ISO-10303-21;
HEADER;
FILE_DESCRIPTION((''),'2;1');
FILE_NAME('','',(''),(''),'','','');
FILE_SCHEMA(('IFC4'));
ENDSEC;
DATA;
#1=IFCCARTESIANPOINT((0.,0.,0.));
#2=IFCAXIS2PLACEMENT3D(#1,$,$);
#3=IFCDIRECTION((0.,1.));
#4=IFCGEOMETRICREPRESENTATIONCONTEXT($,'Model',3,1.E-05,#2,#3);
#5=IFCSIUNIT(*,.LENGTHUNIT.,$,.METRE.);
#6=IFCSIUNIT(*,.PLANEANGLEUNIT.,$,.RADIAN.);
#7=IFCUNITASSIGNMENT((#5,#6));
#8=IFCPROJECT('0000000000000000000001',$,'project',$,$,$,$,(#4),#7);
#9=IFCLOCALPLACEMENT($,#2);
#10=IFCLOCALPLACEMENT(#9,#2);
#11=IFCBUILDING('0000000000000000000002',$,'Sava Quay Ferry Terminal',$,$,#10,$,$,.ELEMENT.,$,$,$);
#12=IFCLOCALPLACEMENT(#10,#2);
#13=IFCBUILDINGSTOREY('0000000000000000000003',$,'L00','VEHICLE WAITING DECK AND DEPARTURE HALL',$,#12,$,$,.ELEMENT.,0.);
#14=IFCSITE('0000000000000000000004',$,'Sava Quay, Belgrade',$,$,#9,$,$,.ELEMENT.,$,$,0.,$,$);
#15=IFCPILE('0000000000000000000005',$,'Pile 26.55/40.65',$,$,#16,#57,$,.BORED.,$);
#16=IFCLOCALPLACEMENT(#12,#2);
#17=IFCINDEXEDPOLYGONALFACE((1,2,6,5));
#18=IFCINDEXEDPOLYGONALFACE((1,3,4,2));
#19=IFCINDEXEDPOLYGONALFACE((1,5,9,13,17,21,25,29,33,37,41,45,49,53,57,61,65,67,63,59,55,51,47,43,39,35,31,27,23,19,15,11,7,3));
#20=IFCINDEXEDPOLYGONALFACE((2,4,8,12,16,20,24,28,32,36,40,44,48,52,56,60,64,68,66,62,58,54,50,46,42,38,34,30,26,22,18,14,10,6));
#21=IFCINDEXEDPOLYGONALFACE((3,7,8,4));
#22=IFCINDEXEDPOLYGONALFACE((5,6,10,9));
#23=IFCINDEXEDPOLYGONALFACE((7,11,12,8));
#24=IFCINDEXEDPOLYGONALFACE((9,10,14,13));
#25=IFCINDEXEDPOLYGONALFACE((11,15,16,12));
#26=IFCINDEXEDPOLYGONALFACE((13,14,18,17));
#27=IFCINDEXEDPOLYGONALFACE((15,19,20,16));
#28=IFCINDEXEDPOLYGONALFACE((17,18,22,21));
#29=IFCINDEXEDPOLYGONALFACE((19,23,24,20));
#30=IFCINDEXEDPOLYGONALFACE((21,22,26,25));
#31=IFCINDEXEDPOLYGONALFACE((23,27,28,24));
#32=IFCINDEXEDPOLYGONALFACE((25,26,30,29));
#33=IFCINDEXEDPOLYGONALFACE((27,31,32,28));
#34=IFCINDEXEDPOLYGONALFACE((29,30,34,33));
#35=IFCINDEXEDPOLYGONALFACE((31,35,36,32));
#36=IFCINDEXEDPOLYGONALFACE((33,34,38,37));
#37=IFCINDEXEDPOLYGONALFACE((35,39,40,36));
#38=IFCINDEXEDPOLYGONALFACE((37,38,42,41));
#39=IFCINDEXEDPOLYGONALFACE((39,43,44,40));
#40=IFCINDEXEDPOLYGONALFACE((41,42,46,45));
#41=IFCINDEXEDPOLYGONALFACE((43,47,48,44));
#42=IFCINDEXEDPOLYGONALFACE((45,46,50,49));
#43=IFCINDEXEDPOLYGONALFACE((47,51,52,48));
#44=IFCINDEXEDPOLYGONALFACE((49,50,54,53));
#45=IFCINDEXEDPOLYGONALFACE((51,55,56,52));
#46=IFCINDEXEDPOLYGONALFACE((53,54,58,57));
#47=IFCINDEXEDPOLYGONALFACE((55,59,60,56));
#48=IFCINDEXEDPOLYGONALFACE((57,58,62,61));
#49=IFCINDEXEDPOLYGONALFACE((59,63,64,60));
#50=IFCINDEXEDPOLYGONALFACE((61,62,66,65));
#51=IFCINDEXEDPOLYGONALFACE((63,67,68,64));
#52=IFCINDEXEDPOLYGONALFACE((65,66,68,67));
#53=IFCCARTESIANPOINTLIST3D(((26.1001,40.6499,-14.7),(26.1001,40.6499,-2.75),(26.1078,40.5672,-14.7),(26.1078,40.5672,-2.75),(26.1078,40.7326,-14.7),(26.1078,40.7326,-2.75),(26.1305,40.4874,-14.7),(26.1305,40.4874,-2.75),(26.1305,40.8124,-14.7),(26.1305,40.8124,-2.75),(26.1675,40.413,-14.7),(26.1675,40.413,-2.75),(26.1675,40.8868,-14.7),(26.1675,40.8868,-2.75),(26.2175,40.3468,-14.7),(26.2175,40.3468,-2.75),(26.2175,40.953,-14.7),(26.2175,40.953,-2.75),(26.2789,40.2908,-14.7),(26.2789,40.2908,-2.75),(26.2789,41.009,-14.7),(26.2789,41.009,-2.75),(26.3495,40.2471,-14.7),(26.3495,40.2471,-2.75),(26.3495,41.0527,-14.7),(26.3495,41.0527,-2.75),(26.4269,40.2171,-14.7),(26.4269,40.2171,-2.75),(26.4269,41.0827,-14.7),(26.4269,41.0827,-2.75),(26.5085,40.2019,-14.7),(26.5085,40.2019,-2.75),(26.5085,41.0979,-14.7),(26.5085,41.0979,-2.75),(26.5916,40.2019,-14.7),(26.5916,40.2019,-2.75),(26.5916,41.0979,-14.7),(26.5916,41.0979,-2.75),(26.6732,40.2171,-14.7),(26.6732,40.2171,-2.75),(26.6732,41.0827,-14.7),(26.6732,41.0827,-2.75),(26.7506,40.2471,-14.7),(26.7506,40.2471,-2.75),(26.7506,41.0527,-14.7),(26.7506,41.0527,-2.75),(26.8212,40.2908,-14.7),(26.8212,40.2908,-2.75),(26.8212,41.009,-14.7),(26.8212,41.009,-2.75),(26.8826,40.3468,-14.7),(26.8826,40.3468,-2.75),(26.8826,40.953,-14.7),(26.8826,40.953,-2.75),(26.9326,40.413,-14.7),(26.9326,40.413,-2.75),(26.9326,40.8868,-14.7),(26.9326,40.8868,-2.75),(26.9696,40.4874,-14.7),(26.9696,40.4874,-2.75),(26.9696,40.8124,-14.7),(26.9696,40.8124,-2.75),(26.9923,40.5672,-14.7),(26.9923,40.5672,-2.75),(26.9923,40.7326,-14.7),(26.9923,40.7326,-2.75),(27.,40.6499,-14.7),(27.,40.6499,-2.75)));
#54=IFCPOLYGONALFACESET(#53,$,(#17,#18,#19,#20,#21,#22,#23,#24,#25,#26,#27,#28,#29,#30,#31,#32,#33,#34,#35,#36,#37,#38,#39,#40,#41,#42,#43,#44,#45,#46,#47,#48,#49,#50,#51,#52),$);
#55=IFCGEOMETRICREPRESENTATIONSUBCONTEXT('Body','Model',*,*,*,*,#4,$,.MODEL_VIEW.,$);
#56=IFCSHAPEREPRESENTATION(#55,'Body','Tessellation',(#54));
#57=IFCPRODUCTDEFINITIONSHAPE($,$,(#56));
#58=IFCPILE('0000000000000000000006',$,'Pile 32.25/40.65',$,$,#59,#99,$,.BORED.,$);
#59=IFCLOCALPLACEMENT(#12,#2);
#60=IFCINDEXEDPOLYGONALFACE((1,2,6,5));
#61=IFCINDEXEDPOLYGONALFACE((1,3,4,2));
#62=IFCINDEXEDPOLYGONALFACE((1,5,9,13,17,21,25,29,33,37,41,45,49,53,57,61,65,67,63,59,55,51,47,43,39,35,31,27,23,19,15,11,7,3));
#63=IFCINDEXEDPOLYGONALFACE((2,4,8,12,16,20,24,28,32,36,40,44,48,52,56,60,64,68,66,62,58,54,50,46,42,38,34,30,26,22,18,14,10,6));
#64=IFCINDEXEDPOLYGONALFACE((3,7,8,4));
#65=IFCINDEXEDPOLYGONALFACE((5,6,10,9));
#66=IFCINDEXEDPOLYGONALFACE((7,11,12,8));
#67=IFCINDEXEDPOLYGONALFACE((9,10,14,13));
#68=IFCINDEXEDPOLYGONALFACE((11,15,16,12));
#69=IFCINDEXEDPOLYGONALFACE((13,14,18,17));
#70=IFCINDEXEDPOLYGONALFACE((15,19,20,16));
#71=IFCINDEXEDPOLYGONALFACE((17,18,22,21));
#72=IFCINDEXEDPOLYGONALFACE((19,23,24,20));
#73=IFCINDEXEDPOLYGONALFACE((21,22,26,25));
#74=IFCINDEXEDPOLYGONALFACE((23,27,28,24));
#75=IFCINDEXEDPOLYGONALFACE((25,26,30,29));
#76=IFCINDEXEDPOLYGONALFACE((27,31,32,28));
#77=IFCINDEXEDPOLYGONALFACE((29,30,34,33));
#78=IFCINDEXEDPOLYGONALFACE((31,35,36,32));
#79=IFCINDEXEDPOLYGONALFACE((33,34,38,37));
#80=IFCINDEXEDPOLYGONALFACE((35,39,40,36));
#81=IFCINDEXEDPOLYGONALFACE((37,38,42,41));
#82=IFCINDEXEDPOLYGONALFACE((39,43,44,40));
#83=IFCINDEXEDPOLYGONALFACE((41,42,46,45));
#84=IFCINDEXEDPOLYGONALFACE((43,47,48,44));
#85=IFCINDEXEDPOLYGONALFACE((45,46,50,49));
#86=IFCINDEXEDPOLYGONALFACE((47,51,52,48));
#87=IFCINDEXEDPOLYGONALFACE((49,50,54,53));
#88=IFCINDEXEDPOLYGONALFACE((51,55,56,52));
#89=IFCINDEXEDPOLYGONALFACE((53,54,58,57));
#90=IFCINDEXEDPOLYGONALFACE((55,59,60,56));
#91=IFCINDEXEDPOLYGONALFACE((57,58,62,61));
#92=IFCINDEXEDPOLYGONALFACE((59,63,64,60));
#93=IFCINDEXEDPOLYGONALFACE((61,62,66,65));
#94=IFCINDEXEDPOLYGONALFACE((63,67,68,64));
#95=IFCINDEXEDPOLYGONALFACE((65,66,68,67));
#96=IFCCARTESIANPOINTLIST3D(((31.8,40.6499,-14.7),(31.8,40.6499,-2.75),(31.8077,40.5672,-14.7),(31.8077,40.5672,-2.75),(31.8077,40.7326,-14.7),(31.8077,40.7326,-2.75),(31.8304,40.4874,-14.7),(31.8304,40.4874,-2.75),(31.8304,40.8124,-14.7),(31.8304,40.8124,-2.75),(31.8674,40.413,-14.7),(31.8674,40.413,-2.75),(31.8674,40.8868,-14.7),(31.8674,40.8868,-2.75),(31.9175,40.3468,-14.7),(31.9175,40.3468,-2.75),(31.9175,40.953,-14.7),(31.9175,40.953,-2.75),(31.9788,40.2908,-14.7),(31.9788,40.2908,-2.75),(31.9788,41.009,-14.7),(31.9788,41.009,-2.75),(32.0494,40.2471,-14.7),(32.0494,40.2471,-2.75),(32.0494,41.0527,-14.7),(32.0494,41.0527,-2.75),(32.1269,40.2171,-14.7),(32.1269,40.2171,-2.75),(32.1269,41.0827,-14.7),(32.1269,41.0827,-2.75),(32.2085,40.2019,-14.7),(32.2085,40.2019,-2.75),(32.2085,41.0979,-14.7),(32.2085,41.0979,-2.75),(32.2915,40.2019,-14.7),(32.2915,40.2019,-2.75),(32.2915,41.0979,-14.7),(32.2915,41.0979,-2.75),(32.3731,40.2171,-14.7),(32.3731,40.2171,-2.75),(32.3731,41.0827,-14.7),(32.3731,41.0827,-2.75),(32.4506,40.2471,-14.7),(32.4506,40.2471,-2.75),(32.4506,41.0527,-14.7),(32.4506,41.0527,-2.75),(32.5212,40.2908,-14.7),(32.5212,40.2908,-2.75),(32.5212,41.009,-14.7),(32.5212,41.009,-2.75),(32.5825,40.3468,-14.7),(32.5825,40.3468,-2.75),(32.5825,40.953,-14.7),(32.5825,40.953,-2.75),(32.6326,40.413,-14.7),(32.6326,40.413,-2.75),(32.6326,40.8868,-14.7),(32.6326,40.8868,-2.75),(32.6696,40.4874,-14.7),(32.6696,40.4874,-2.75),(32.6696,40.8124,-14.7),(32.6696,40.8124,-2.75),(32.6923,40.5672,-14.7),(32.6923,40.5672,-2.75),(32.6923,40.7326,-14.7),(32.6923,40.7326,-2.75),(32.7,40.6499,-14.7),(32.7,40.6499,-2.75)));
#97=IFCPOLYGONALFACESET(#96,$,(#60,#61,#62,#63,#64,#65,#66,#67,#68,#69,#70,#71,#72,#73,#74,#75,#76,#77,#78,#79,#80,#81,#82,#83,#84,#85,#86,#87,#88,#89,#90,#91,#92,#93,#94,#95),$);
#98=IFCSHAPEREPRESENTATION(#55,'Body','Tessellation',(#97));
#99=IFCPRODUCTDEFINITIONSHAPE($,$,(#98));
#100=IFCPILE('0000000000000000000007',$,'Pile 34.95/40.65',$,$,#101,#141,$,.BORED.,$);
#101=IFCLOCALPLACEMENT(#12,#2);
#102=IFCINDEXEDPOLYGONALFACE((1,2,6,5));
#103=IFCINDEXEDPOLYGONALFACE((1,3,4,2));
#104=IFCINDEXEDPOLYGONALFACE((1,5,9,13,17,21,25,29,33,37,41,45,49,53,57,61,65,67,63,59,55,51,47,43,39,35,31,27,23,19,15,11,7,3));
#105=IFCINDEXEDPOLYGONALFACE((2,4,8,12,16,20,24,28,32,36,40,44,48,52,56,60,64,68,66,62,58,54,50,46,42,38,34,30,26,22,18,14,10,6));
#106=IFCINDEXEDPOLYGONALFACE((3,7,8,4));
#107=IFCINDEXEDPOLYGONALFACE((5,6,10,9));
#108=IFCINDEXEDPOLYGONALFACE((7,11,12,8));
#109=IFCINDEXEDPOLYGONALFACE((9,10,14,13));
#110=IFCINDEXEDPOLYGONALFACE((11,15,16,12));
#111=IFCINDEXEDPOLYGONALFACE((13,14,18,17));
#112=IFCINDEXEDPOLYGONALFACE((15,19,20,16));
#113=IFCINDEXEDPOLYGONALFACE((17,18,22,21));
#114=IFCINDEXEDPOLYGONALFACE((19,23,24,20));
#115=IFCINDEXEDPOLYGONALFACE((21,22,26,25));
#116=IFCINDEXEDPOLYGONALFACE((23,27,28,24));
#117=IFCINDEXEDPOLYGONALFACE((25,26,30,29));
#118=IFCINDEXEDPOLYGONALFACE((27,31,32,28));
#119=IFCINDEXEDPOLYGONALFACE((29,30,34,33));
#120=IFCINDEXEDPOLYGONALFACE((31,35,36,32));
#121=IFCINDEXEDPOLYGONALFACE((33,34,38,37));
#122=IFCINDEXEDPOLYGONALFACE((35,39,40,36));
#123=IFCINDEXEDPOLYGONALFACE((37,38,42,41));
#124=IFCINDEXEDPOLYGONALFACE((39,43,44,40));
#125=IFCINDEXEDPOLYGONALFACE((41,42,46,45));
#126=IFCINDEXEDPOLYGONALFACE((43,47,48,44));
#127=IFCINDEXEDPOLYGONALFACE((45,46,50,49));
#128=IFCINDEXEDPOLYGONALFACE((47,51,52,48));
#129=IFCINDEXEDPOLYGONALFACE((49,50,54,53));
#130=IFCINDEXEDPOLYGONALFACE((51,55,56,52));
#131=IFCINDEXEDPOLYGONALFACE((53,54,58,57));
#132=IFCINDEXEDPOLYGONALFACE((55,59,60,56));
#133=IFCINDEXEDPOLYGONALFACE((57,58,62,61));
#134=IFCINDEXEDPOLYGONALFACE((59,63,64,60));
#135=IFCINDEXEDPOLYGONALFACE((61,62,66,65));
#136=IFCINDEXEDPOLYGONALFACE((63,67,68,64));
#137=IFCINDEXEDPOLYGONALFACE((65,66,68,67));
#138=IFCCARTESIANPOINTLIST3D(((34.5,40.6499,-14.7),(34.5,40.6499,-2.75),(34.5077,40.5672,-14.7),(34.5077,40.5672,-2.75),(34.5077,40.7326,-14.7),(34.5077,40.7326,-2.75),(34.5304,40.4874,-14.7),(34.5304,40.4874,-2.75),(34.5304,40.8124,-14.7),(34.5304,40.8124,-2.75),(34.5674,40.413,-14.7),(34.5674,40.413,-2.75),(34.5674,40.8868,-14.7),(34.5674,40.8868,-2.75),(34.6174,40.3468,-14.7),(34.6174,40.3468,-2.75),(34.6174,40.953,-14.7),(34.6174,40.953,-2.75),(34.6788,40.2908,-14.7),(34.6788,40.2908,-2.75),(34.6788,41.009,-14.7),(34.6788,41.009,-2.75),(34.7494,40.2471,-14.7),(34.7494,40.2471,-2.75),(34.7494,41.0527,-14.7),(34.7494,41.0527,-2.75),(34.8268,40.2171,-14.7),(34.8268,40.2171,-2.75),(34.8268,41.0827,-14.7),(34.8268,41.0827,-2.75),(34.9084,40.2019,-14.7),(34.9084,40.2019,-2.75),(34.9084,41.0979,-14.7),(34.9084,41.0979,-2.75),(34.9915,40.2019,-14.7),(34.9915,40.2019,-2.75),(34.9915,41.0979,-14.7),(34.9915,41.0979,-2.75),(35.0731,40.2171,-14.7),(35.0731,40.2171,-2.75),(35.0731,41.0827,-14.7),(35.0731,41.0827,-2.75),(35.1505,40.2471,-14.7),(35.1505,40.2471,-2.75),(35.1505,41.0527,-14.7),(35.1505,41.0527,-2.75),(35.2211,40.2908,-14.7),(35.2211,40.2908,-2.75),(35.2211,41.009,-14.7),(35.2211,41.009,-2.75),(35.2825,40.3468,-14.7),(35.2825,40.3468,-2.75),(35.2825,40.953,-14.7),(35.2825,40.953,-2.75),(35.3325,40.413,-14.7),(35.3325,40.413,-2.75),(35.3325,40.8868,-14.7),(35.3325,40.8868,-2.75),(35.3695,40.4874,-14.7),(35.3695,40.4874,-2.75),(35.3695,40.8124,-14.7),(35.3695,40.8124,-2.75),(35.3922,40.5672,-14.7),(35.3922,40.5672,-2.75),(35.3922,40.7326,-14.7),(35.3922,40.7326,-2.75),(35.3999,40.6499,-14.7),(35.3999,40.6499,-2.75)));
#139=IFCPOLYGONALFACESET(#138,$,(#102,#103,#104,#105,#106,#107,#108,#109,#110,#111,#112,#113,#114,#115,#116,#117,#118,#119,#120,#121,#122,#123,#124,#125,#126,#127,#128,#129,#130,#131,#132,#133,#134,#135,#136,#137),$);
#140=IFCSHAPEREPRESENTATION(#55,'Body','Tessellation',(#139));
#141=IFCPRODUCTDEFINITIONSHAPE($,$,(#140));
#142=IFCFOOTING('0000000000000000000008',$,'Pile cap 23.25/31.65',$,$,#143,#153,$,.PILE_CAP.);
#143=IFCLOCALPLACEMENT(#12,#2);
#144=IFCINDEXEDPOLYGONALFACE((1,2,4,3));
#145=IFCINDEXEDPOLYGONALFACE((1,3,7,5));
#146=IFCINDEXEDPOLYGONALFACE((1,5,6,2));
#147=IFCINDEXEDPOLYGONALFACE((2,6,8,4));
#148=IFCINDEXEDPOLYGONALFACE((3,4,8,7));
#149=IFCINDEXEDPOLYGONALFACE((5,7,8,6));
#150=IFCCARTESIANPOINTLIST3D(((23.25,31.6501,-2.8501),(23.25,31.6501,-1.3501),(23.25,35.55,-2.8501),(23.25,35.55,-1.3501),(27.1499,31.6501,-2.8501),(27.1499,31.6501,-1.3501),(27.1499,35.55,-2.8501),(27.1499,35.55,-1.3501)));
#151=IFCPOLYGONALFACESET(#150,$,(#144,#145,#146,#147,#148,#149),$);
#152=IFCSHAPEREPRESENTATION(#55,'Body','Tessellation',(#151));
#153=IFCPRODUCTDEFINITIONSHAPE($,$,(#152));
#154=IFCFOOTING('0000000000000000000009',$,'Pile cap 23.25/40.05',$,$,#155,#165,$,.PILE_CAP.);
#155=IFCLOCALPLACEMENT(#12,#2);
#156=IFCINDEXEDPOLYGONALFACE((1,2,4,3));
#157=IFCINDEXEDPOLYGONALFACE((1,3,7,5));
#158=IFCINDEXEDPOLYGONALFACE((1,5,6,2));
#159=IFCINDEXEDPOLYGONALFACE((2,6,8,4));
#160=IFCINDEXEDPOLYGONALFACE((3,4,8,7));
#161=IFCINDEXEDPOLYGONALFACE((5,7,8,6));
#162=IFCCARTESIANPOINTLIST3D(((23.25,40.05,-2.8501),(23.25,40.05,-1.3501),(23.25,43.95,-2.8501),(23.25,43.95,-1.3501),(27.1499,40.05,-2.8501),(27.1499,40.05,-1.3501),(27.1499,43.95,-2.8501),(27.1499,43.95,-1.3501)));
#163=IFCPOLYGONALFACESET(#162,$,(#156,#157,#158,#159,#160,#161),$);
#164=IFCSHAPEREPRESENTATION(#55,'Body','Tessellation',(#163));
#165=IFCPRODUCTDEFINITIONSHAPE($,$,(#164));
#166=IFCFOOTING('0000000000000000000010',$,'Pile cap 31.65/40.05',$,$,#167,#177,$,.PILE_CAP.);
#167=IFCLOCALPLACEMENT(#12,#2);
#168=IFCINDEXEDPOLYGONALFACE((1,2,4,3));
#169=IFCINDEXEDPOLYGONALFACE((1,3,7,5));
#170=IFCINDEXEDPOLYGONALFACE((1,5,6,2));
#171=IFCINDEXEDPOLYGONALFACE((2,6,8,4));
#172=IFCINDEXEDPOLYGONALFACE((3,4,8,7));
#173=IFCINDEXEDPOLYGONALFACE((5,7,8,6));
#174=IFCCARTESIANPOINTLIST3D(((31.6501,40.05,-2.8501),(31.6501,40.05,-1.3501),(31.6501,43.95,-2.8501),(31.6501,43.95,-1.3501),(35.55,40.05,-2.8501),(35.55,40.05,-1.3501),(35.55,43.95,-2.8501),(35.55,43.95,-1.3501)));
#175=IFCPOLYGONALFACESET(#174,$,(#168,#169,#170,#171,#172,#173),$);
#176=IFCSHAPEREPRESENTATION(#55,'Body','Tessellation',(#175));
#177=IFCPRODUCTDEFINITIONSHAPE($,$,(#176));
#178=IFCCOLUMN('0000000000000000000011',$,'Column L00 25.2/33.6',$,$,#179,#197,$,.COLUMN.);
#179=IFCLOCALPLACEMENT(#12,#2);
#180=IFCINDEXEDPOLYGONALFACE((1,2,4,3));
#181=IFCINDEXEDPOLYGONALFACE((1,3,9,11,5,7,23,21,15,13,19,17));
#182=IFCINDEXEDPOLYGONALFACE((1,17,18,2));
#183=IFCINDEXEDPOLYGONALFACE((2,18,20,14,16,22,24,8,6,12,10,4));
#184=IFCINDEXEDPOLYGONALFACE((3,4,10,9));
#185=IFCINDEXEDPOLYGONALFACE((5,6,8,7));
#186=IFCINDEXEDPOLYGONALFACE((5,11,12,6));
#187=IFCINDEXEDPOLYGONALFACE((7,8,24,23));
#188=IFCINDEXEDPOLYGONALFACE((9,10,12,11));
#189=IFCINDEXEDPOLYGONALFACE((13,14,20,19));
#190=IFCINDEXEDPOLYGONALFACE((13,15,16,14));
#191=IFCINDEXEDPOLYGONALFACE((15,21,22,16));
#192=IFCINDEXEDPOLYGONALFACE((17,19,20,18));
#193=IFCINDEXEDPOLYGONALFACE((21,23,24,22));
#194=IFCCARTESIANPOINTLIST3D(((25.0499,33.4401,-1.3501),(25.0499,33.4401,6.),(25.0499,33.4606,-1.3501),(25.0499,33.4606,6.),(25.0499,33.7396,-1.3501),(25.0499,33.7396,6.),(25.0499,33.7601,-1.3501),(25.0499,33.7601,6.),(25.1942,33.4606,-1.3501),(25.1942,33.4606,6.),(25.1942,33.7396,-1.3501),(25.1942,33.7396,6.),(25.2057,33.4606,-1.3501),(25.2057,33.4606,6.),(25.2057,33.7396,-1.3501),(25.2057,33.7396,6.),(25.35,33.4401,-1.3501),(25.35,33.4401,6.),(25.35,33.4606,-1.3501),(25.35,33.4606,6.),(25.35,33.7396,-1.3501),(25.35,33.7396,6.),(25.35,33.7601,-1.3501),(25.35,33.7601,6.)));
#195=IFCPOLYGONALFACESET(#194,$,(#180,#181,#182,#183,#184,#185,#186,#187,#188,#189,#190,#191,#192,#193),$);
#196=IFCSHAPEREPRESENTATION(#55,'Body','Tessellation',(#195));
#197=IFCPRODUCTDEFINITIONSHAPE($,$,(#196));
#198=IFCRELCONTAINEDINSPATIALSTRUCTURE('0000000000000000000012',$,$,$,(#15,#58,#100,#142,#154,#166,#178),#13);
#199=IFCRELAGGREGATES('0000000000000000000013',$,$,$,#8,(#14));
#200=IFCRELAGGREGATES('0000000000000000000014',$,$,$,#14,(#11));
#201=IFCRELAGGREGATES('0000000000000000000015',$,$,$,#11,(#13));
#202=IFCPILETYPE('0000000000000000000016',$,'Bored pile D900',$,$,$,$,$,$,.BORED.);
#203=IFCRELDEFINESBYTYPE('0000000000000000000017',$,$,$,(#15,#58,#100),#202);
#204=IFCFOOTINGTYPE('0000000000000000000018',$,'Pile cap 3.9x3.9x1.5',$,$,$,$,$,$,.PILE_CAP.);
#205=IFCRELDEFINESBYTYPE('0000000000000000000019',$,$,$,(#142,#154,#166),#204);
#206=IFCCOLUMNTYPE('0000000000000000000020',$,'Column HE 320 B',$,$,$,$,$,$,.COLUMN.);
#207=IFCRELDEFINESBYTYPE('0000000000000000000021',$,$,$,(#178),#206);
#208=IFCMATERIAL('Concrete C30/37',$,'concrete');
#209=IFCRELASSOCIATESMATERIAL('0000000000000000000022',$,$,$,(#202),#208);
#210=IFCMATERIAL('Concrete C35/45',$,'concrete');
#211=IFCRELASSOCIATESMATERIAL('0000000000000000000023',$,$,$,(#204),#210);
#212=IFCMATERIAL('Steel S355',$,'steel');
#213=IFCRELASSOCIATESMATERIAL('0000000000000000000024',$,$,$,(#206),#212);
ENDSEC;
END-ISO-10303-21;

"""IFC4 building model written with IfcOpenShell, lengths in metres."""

from ifc_helpers import new_model, si_unit, direction, frame, origin, origin_2d, place, context, subcontext, project, spatial, rectangle, circle, i_section, extrude, material, material_profile, profile_set, type_object, element, save


model = new_model("IFC4")

# Units and contexts
model_context = context("Model", 3, precision=1e-05, world=origin(), true_north=direction((0.0, 1.0)))
body_context = subcontext(model_context, "Body", "Model", "MODEL_VIEW")
ifc_project = project(units=[si_unit("LENGTHUNIT", "METRE"), si_unit("PLANEANGLEUNIT", "RADIAN")], contexts=[model_context])

# Site, building, storey
site_placement = place(None, origin())
site = spatial("IfcSite", under=ifc_project, at=site_placement, Name="Sava Quay, Belgrade", CompositionType="ELEMENT", RefElevation=0.0)
building_placement = place(site_placement, origin())
building = spatial("IfcBuilding", under=site, at=building_placement, Name="Sava Quay Ferry Terminal", CompositionType="ELEMENT")
storey_placement = place(building_placement, origin())
storey = spatial("IfcBuildingStorey", under=building, at=storey_placement, Name="L00", Description="VEHICLE WAITING DECK AND DEPARTURE HALL", CompositionType="ELEMENT", Elevation=0.0)

# Piles
ifc_material_1 = material(Name="Concrete C30/37", Category="concrete")
ifc_material_profile_1 = material_profile(ifc_material_1, circle(Radius=0.45, at=origin_2d()), Name="Bored pile D900")
ifc_profile_set_1 = profile_set([ifc_material_profile_1], Name="Concrete C30/37")
pile_type = type_object("IfcPileType", Name="Bored pile D900", PredefinedType="BORED", material=ifc_profile_set_1)
for number, where, z_axis, x_axis, name in (
    (1, (26.55, 40.6499, -2.75), (0.0, 0.0, -1.0), (1.0, 0.0, 0.0), "Pile 26.55/40.65"),
    (2, (32.25, 40.6499, -2.75), (0.0, 0.0, -1.0), (1.0, 0.0, 0.0), "Pile 32.25/40.65"),
    (3, (34.95, 40.6499, -2.75), (0.0, 0.0, -1.0), (1.0, 0.0, 0.0), "Pile 34.95/40.65"),
):
    element("IfcPile", number, at=place(storey_placement, frame(where, z_axis=z_axis, x_axis=x_axis)), inside=storey, type_object=pile_type, Name=name, PredefinedType="BORED", context=body_context, shape_type="SweptSolid", body=[
        extrude(circle(Radius=0.45, at=origin_2d()), origin(), (0.0, 0.0, 1.0), 11.95),
    ])

# Footings
ifc_material_2 = material(Name="Concrete C35/45", Category="concrete")
footing_type = type_object("IfcFootingType", Name="Pile cap 3.9x3.9x1.5", PredefinedType="PILE_CAP", material=ifc_material_2)
for number, where, z_axis, x_axis, name in (
    (4, (25.2, 33.6001, -2.8501), (0.0, 0.0, 1.0), (1.0, 0.0, 0.0), "Pile cap 23.25/31.65"),
    (5, (25.2, 42.0, -2.8501), (0.0, 0.0, 1.0), (1.0, 0.0, 0.0), "Pile cap 23.25/40.05"),
    (6, (33.6001, 42.0, -2.8501), (0.0, 0.0, 1.0), (1.0, 0.0, 0.0), "Pile cap 31.65/40.05"),
):
    element("IfcFooting", number, at=place(storey_placement, frame(where, z_axis=z_axis, x_axis=x_axis)), inside=storey, type_object=footing_type, Name=name, PredefinedType="PILE_CAP", context=body_context, shape_type="SweptSolid", body=[
        extrude(rectangle(XDim=3.8999, YDim=3.8999, at=origin_2d()), origin(), (0.0, 0.0, 1.0), 1.5),
    ])

# Column
ifc_material_3 = material(Name="Steel S355", Category="steel")
ifc_material_profile_2 = material_profile(ifc_material_3, i_section(OverallWidth=0.3, OverallDepth=0.3201, WebThickness=0.0115, FlangeThickness=0.0205, at=origin_2d()), Name="HE 320 B")
ifc_profile_set_2 = profile_set([ifc_material_profile_2], Name="Steel S355")
column_type = type_object("IfcColumnType", Name="Column HE 320 B", PredefinedType="COLUMN", material=ifc_profile_set_2)
for number, where, z_axis, x_axis, name in (
    (7, (25.2, 33.6001, -1.3501), (0.0, 0.0, 1.0), (1.0, 0.0, 0.0), "Column L00 25.2/33.6"),
):
    element("IfcColumn", number, at=place(storey_placement, frame(where, z_axis=z_axis, x_axis=x_axis)), inside=storey, type_object=column_type, Name=name, PredefinedType="COLUMN", context=body_context, shape_type="SweptSolid", body=[
        extrude(i_section(OverallWidth=0.3, OverallDepth=0.3201, WebThickness=0.0115, FlangeThickness=0.0205, at=origin_2d()), origin(), (0.0, 0.0, 1.0), 7.3501),
    ])

save(model, "model.ifc")
